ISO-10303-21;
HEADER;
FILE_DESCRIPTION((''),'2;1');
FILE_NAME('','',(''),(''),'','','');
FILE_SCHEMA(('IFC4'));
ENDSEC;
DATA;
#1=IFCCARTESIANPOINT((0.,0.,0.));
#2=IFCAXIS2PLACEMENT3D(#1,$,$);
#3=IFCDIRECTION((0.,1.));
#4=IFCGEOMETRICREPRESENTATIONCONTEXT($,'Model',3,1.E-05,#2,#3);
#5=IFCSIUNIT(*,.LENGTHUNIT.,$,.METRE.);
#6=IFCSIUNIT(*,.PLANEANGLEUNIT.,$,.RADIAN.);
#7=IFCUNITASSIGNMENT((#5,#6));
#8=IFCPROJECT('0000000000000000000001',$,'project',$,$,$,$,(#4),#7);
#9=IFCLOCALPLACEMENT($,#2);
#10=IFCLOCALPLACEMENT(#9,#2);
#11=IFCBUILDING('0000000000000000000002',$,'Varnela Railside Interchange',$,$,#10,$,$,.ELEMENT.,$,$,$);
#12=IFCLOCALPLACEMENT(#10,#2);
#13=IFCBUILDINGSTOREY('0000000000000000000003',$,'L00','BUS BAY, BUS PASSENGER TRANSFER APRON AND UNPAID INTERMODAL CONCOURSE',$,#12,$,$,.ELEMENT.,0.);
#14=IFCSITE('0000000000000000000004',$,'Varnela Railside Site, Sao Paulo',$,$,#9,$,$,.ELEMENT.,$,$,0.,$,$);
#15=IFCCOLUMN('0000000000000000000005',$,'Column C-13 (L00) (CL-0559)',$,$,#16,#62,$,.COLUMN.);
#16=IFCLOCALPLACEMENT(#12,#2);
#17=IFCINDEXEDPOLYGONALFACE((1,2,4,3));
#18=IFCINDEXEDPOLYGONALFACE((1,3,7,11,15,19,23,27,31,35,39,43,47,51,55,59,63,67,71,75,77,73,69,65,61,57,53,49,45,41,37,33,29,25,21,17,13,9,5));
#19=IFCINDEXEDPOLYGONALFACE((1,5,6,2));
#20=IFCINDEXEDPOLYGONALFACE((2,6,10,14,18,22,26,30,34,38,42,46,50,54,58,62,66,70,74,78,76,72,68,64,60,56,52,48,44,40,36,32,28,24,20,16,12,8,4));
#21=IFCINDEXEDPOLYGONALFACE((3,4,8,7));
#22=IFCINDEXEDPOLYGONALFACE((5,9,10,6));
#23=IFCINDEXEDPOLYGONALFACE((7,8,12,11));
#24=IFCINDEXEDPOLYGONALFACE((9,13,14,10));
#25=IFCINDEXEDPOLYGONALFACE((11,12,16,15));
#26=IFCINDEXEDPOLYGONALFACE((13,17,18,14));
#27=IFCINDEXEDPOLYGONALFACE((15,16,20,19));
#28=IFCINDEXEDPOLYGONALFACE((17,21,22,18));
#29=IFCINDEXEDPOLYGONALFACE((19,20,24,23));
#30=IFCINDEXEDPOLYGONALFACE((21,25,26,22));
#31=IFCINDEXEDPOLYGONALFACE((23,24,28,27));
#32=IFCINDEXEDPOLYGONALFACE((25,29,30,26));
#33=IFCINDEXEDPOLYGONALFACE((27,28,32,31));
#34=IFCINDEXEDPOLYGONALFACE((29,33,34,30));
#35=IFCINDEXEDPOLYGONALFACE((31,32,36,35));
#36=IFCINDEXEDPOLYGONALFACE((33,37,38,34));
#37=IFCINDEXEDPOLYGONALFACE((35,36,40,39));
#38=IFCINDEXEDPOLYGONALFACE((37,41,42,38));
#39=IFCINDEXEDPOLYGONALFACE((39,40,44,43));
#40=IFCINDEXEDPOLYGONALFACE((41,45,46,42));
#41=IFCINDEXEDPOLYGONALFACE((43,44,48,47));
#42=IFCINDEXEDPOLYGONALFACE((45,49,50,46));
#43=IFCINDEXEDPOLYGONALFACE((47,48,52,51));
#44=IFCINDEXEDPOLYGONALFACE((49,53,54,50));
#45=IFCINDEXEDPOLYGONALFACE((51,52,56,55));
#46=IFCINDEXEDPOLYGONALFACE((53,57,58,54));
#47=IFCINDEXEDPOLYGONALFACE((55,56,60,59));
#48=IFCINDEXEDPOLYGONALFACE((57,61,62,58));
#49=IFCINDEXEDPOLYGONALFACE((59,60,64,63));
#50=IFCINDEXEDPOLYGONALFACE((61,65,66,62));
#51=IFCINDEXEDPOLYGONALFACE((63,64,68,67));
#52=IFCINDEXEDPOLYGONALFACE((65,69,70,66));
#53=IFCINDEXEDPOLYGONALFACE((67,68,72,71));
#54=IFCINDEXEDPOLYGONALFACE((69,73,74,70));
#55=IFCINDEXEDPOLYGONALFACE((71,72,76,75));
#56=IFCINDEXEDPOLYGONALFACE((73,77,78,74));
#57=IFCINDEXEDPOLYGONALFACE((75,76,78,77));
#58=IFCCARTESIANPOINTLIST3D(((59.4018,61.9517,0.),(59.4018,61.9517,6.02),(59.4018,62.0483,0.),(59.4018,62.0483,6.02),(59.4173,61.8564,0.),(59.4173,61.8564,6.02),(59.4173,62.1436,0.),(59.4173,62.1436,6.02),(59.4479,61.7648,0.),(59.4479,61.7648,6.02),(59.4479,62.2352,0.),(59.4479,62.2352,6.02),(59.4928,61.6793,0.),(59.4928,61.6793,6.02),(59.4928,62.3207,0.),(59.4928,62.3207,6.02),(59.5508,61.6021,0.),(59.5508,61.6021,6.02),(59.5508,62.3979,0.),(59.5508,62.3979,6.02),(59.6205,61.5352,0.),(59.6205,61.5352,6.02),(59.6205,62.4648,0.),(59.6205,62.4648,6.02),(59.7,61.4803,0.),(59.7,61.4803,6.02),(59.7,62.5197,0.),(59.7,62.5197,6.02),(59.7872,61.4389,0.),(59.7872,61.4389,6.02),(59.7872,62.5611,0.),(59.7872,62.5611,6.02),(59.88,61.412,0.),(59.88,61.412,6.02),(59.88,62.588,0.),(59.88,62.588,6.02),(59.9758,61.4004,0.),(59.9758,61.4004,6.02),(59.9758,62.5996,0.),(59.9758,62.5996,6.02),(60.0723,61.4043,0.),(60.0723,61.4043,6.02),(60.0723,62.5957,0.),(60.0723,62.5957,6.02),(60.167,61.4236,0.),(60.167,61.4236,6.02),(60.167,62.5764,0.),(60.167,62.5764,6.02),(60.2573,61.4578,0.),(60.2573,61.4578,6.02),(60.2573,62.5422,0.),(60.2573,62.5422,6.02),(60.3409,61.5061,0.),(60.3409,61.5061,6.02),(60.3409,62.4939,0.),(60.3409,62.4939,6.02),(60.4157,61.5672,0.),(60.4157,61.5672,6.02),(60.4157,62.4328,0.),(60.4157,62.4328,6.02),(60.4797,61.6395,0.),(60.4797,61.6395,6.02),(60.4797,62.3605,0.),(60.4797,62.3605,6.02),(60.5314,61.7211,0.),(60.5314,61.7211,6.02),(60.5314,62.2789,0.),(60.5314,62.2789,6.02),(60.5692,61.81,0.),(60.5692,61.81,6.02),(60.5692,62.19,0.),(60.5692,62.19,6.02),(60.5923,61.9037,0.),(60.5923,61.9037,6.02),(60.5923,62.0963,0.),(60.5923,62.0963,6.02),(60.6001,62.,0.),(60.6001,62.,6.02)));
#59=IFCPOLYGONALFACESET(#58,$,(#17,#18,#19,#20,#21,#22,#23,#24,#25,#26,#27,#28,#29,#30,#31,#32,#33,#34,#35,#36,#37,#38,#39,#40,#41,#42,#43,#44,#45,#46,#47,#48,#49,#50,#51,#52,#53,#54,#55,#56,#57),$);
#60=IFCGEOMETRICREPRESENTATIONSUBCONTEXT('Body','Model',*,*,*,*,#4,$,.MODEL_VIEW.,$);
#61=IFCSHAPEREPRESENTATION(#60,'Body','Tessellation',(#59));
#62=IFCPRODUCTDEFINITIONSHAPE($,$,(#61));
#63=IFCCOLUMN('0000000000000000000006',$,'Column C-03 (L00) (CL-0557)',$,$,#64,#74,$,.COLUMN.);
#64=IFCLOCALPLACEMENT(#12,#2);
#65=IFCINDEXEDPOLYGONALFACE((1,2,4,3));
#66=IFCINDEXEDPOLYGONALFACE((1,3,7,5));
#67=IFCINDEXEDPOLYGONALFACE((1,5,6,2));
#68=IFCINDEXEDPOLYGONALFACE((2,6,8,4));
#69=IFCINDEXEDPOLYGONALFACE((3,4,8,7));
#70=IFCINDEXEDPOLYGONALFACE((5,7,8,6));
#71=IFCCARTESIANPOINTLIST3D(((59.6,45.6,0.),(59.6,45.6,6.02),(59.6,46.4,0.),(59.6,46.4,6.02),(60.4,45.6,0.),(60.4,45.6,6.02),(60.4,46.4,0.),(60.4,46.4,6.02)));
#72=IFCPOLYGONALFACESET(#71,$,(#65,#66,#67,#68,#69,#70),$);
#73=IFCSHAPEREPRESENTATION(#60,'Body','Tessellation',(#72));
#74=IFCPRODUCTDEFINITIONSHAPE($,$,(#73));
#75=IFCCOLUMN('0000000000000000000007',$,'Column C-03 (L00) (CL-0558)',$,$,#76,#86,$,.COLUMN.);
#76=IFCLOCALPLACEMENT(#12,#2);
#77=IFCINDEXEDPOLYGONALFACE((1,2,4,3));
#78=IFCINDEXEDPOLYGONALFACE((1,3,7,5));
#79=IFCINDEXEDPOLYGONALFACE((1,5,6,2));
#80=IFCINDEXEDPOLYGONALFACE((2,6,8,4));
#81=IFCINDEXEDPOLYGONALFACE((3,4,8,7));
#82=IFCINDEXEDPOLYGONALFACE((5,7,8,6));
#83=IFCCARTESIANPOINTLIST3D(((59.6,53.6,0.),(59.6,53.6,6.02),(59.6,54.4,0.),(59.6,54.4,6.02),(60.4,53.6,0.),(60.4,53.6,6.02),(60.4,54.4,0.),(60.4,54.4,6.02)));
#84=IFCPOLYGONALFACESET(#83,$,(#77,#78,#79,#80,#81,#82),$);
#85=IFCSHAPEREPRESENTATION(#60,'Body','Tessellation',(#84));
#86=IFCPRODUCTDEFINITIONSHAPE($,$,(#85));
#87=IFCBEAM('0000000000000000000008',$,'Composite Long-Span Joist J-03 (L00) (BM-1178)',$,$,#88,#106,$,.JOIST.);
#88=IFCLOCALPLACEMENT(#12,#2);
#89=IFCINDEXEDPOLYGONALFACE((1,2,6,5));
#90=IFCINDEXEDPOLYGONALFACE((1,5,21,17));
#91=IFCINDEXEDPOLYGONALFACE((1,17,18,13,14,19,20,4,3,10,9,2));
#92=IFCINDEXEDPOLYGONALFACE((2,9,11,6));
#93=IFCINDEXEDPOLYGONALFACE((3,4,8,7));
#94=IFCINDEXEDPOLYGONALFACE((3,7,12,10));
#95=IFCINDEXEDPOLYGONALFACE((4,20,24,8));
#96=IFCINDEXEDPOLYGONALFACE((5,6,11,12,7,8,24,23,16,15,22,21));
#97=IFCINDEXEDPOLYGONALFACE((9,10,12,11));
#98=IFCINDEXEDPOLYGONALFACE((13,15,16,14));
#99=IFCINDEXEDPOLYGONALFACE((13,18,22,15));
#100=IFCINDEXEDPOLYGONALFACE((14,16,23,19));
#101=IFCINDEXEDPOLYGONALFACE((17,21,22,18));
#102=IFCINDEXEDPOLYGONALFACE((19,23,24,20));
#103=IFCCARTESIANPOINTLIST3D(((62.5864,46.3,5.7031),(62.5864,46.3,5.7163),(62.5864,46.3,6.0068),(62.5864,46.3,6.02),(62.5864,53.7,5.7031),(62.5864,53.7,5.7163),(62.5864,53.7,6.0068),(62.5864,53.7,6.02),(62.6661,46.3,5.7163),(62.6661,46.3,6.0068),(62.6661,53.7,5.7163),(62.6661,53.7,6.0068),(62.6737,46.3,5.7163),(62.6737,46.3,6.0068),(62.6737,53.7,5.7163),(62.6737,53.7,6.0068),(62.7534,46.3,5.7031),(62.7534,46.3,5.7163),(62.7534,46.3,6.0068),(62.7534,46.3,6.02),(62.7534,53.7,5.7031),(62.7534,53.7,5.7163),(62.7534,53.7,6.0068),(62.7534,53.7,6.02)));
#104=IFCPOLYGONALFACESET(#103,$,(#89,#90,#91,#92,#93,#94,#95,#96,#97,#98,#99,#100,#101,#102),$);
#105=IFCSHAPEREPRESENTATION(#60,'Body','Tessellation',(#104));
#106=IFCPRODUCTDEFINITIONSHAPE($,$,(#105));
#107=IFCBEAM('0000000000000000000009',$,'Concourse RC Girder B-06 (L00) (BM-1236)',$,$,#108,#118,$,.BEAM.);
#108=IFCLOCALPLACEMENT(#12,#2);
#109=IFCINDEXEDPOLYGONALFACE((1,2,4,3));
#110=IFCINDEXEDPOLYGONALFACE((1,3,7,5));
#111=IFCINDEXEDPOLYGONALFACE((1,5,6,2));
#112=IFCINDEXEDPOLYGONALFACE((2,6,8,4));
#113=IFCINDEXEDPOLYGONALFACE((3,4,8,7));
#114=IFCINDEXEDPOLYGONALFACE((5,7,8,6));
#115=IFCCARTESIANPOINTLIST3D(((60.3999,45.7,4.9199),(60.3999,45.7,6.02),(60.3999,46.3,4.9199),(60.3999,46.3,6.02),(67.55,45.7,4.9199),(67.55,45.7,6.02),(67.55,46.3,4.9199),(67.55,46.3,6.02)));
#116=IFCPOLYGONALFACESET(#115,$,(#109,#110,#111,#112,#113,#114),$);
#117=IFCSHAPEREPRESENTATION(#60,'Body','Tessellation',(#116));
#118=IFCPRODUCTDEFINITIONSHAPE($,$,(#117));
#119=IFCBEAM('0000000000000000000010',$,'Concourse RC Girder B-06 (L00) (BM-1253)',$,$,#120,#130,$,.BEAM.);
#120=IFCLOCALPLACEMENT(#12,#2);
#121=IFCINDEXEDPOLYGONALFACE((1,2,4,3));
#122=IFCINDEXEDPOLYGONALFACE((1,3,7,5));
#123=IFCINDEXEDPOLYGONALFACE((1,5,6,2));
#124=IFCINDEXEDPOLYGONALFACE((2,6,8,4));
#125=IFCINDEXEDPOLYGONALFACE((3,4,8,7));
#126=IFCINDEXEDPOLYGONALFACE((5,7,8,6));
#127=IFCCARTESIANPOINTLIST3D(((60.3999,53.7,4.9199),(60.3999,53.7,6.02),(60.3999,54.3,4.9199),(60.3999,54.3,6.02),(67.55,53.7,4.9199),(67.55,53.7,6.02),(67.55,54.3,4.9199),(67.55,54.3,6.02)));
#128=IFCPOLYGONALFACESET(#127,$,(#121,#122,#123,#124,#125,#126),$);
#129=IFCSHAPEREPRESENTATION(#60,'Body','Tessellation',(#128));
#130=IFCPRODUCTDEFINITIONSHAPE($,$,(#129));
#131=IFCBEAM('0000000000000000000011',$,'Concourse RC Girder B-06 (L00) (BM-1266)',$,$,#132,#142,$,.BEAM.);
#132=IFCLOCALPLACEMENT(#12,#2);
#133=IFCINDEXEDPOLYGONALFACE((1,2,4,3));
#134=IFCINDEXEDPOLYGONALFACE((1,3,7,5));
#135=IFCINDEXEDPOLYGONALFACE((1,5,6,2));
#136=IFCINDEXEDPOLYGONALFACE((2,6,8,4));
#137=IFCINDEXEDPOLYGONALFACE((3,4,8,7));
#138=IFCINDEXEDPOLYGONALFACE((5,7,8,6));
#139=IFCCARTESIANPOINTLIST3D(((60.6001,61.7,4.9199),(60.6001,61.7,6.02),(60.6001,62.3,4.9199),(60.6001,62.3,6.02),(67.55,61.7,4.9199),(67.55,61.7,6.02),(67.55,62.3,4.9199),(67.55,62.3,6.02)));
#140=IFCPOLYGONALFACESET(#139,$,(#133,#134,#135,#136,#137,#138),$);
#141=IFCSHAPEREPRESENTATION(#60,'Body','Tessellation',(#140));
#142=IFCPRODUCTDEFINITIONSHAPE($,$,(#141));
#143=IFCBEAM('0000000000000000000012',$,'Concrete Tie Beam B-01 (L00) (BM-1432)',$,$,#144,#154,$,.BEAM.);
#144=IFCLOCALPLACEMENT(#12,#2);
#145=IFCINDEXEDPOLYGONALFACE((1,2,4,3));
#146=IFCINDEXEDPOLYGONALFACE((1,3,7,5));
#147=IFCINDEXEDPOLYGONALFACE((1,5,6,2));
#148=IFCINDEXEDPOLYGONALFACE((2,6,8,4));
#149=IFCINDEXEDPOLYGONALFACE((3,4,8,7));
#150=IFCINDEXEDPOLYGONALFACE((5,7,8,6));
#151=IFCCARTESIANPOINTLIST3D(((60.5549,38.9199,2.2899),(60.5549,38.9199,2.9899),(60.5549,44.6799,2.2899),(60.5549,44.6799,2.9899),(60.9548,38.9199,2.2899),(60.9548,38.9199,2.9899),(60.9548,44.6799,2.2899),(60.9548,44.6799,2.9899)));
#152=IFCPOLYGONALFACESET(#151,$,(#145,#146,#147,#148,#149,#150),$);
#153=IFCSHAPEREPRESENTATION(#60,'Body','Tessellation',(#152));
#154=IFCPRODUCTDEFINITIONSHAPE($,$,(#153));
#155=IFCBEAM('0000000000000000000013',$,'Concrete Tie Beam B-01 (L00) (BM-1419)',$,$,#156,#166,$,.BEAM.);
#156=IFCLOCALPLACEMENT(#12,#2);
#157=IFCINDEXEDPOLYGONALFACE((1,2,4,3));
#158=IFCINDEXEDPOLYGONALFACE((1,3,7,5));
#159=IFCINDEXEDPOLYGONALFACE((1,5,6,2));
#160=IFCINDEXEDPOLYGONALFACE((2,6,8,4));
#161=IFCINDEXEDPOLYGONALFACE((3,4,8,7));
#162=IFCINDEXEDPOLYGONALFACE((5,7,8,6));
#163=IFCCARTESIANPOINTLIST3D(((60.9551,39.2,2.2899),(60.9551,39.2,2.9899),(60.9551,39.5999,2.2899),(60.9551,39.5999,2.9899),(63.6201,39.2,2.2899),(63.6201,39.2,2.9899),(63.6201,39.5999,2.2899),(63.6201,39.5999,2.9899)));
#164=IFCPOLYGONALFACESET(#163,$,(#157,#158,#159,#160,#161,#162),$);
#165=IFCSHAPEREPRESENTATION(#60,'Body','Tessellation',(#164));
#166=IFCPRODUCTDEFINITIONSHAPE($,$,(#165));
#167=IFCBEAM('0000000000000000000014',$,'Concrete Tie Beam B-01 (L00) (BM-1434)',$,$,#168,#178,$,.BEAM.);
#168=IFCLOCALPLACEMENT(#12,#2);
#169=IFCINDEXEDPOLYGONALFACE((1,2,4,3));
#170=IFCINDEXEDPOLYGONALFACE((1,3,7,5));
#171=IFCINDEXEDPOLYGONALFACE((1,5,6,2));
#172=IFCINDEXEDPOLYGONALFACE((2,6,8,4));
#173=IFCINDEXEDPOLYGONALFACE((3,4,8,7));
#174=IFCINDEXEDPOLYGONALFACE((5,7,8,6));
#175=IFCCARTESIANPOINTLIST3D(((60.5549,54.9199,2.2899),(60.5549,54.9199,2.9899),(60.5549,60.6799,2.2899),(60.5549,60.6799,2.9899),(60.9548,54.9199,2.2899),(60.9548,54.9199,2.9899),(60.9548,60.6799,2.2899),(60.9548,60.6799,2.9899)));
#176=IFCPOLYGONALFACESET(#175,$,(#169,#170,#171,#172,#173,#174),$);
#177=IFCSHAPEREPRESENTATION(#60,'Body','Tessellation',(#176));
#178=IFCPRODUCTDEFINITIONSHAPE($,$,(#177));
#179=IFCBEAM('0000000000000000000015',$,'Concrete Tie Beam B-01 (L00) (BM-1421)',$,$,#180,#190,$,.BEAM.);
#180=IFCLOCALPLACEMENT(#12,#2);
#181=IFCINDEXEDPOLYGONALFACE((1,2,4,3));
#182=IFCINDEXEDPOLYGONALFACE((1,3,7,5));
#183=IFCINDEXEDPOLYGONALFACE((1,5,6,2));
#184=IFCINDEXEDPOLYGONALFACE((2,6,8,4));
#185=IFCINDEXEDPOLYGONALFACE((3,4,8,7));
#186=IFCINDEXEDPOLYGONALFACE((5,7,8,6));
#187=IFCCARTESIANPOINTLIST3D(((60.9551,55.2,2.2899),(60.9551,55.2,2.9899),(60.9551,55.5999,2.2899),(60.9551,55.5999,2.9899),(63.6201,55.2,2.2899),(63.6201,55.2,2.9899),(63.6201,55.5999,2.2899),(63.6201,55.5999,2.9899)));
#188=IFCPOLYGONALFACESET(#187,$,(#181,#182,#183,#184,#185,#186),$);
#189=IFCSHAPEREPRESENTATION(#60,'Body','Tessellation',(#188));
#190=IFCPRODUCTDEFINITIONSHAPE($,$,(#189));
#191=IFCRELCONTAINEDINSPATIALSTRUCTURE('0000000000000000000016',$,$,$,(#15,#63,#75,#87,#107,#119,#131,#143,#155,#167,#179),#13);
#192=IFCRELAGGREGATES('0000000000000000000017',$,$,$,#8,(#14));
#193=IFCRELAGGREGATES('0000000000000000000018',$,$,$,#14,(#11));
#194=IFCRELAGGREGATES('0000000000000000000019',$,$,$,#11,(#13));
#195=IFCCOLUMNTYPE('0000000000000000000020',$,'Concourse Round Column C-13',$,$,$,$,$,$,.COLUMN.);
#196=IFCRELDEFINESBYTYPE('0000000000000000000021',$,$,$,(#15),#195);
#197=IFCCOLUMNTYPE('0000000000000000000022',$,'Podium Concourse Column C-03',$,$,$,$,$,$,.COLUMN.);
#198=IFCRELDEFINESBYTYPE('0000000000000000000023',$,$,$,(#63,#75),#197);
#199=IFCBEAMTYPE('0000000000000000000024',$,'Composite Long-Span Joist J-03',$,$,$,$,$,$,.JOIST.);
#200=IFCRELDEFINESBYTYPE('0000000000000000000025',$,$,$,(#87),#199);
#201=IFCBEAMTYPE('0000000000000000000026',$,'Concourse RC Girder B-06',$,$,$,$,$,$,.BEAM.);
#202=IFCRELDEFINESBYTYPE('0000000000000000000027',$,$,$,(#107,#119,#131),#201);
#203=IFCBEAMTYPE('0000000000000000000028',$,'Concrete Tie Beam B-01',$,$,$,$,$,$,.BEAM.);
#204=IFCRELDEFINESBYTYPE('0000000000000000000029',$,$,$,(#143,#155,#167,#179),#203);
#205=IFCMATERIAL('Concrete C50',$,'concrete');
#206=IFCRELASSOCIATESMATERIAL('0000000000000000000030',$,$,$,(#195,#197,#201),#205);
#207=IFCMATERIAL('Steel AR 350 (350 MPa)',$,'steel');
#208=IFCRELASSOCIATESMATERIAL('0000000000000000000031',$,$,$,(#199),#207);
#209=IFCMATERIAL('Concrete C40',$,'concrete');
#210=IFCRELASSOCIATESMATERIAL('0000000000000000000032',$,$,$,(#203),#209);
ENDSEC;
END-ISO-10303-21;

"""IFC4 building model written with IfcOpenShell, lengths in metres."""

from ifc_helpers import new_model, si_unit, direction, frame, origin, origin_2d, place, context, subcontext, project, spatial, rectangle, circle, i_section, extrude, material, material_profile, profile_set, type_object, element, save


model = new_model("IFC4")

# Units and contexts
model_context = context("Model", 3, precision=1e-05, world=origin(), true_north=direction((0.0, 1.0)))
body_context = subcontext(model_context, "Body", "Model", "MODEL_VIEW")
ifc_project = project(units=[si_unit("LENGTHUNIT", "METRE"), si_unit("PLANEANGLEUNIT", "RADIAN")], contexts=[model_context])

# Site, building, storey
site_placement = place(None, origin())
site = spatial("IfcSite", under=ifc_project, at=site_placement, Name="Varnela Railside Site, Sao Paulo", CompositionType="ELEMENT", RefElevation=0.0)
building_placement = place(site_placement, origin())
building = spatial("IfcBuilding", under=site, at=building_placement, Name="Varnela Railside Interchange", CompositionType="ELEMENT")
storey_placement = place(building_placement, origin())
storey = spatial("IfcBuildingStorey", under=building, at=storey_placement, Name="L00", Description="BUS BAY, BUS PASSENGER TRANSFER APRON AND UNPAID INTERMODAL CONCOURSE", CompositionType="ELEMENT", Elevation=0.0)

# Columns
ifc_material_1 = material(Name="Concrete C50", Category="concrete")
ifc_material_profile_1 = material_profile(ifc_material_1, circle(Radius=0.6001, at=origin_2d()), Name="CIRC D1200")
ifc_profile_set_1 = profile_set([ifc_material_profile_1], Name="Concrete C50")
column_type_1 = type_object("IfcColumnType", Name="Concourse Round Column C-13", PredefinedType="COLUMN", material=ifc_profile_set_1)
column_placement = place(storey_placement, frame((60.0, 62.0, 0.0), z_axis=(0.0, 0.0, 1.0), x_axis=(1.0, 0.0, 0.0)))
element("IfcColumn", 1, at=column_placement, inside=storey, type_object=column_type_1, Name="Column C-13 (L00) (CL-0559)", PredefinedType="COLUMN", context=body_context, shape_type="SweptSolid", body=[
    extrude(circle(Radius=0.6001, at=origin_2d()), origin(), (0.0, 0.0, 1.0), 6.02),
])
ifc_material_profile_2 = material_profile(ifc_material_1, rectangle(XDim=0.8, YDim=0.8, at=origin_2d()), Name="RC 800x800")
ifc_profile_set_2 = profile_set([ifc_material_profile_2], Name="Concrete C50")
column_type_2 = type_object("IfcColumnType", Name="Podium Concourse Column C-03", PredefinedType="COLUMN", material=ifc_profile_set_2)
for number, where, z_axis, x_axis, name in (
    (2, (60.0, 46.0, 0.0), (0.0, 0.0, 1.0), (1.0, 0.0, 0.0), "Column C-03 (L00) (CL-0557)"),
    (3, (60.0, 54.0, 0.0), (0.0, 0.0, 1.0), (1.0, 0.0, 0.0), "Column C-03 (L00) (CL-0558)"),
):
    element("IfcColumn", number, at=place(storey_placement, frame(where, z_axis=z_axis, x_axis=x_axis)), inside=storey, type_object=column_type_2, Name=name, PredefinedType="COLUMN", context=body_context, shape_type="SweptSolid", body=[
        extrude(rectangle(XDim=0.8, YDim=0.8, at=origin_2d()), origin(), (0.0, 0.0, 1.0), 6.02),
    ])

# Beams
ifc_material_2 = material(Name="Steel AR 350 (350 MPa)", Category="steel")
ifc_material_profile_3 = material_profile(ifc_material_2, i_section(OverallWidth=0.167, OverallDepth=0.3169, WebThickness=0.0076, FlangeThickness=0.0132, at=origin_2d()), Name="W310x52")
ifc_profile_set_3 = profile_set([ifc_material_profile_3], Name="Steel AR 350 (350 MPa)")
beam_type_1 = type_object("IfcBeamType", Name="Composite Long-Span Joist J-03", PredefinedType="JOIST", material=ifc_profile_set_3)
beam_1_placement = place(storey_placement, frame((62.6699, 46.3, 5.8616), z_axis=(0.0, 1.0, 0.0), x_axis=(-1.0, 0.0, 0.0)))
element("IfcBeam", 4, at=beam_1_placement, inside=storey, type_object=beam_type_1, Name="Composite Long-Span Joist J-03 (L00) (BM-1178)", PredefinedType="JOIST", context=body_context, shape_type="SweptSolid", body=[
    extrude(i_section(OverallWidth=0.167, OverallDepth=0.3169, WebThickness=0.0076, FlangeThickness=0.0132, at=origin_2d()), origin(), (0.0, 0.0, 1.0), 7.3999),
])
ifc_material_profile_4 = material_profile(ifc_material_1, rectangle(XDim=0.6001, YDim=1.1001, at=origin_2d()), Name="RC 600x1100")
ifc_profile_set_4 = profile_set([ifc_material_profile_4], Name="Concrete C50")
beam_type_2 = type_object("IfcBeamType", Name="Concourse RC Girder B-06", PredefinedType="BEAM", material=ifc_profile_set_4)
for number, where, z_axis, x_axis, name in (
    (5, (60.3999, 46.0, 5.47), (1.0, 0.0, 0.0), (0.0, 1.0, 0.0), "Concourse RC Girder B-06 (L00) (BM-1236)"),
    (6, (60.3999, 54.0, 5.47), (1.0, 0.0, 0.0), (0.0, 1.0, 0.0), "Concourse RC Girder B-06 (L00) (BM-1253)"),
):
    element("IfcBeam", number, at=place(storey_placement, frame(where, z_axis=z_axis, x_axis=x_axis)), inside=storey, type_object=beam_type_2, Name=name, PredefinedType="BEAM", context=body_context, shape_type="SweptSolid", body=[
        extrude(rectangle(XDim=0.6001, YDim=1.1001, at=origin_2d()), origin(), (0.0, 0.0, 1.0), 7.1501),
    ])
beam_2_placement = place(storey_placement, frame((60.6001, 62.0, 5.47), z_axis=(1.0, 0.0, 0.0), x_axis=(0.0, 1.0, 0.0)))
element("IfcBeam", 7, at=beam_2_placement, inside=storey, type_object=beam_type_2, Name="Concourse RC Girder B-06 (L00) (BM-1266)", PredefinedType="BEAM", context=body_context, shape_type="SweptSolid", body=[
    extrude(rectangle(XDim=0.6001, YDim=1.1001, at=origin_2d()), origin(), (0.0, 0.0, 1.0), 6.95),
])
ifc_material_3 = material(Name="Concrete C40", Category="concrete")
ifc_material_profile_5 = material_profile(ifc_material_3, rectangle(XDim=0.3999, YDim=0.7, at=origin_2d()), Name="RC 400x700")
ifc_profile_set_5 = profile_set([ifc_material_profile_5], Name="Concrete C40")
beam_type_3 = type_object("IfcBeamType", Name="Concrete Tie Beam B-01", PredefinedType="BEAM", material=ifc_profile_set_5)
beam_3_placement = place(storey_placement, frame((60.7549, 38.9199, 2.6399), z_axis=(0.0, 1.0, 0.0), x_axis=(-1.0, 0.0, 0.0)))
element("IfcBeam", 8, at=beam_3_placement, inside=storey, type_object=beam_type_3, Name="Concrete Tie Beam B-01 (L00) (BM-1432)", PredefinedType="BEAM", context=body_context, shape_type="SweptSolid", body=[
    extrude(rectangle(XDim=0.3999, YDim=0.7, at=origin_2d()), origin(), (0.0, 0.0, 1.0), 5.76),
])
beam_4_placement = place(storey_placement, frame((60.9551, 39.3999, 2.6399), z_axis=(1.0, 0.0, 0.0), x_axis=(0.0, 1.0, 0.0)))
element("IfcBeam", 9, at=beam_4_placement, inside=storey, type_object=beam_type_3, Name="Concrete Tie Beam B-01 (L00) (BM-1419)", PredefinedType="BEAM", context=body_context, shape_type="SweptSolid", body=[
    extrude(rectangle(XDim=0.3999, YDim=0.7, at=origin_2d()), origin(), (0.0, 0.0, 1.0), 2.665),
])
beam_5_placement = place(storey_placement, frame((60.7549, 54.9199, 2.6399), z_axis=(0.0, 1.0, 0.0), x_axis=(-1.0, 0.0, 0.0)))
element("IfcBeam", 10, at=beam_5_placement, inside=storey, type_object=beam_type_3, Name="Concrete Tie Beam B-01 (L00) (BM-1434)", PredefinedType="BEAM", context=body_context, shape_type="SweptSolid", body=[
    extrude(rectangle(XDim=0.3999, YDim=0.7, at=origin_2d()), origin(), (0.0, 0.0, 1.0), 5.76),
])
beam_6_placement = place(storey_placement, frame((60.9551, 55.3999, 2.6399), z_axis=(1.0, 0.0, 0.0), x_axis=(0.0, 1.0, 0.0)))
element("IfcBeam", 11, at=beam_6_placement, inside=storey, type_object=beam_type_3, Name="Concrete Tie Beam B-01 (L00) (BM-1421)", PredefinedType="BEAM", context=body_context, shape_type="SweptSolid", body=[
    extrude(rectangle(XDim=0.3999, YDim=0.7, at=origin_2d()), origin(), (0.0, 0.0, 1.0), 2.665),
])

save(model, "model.ifc")
